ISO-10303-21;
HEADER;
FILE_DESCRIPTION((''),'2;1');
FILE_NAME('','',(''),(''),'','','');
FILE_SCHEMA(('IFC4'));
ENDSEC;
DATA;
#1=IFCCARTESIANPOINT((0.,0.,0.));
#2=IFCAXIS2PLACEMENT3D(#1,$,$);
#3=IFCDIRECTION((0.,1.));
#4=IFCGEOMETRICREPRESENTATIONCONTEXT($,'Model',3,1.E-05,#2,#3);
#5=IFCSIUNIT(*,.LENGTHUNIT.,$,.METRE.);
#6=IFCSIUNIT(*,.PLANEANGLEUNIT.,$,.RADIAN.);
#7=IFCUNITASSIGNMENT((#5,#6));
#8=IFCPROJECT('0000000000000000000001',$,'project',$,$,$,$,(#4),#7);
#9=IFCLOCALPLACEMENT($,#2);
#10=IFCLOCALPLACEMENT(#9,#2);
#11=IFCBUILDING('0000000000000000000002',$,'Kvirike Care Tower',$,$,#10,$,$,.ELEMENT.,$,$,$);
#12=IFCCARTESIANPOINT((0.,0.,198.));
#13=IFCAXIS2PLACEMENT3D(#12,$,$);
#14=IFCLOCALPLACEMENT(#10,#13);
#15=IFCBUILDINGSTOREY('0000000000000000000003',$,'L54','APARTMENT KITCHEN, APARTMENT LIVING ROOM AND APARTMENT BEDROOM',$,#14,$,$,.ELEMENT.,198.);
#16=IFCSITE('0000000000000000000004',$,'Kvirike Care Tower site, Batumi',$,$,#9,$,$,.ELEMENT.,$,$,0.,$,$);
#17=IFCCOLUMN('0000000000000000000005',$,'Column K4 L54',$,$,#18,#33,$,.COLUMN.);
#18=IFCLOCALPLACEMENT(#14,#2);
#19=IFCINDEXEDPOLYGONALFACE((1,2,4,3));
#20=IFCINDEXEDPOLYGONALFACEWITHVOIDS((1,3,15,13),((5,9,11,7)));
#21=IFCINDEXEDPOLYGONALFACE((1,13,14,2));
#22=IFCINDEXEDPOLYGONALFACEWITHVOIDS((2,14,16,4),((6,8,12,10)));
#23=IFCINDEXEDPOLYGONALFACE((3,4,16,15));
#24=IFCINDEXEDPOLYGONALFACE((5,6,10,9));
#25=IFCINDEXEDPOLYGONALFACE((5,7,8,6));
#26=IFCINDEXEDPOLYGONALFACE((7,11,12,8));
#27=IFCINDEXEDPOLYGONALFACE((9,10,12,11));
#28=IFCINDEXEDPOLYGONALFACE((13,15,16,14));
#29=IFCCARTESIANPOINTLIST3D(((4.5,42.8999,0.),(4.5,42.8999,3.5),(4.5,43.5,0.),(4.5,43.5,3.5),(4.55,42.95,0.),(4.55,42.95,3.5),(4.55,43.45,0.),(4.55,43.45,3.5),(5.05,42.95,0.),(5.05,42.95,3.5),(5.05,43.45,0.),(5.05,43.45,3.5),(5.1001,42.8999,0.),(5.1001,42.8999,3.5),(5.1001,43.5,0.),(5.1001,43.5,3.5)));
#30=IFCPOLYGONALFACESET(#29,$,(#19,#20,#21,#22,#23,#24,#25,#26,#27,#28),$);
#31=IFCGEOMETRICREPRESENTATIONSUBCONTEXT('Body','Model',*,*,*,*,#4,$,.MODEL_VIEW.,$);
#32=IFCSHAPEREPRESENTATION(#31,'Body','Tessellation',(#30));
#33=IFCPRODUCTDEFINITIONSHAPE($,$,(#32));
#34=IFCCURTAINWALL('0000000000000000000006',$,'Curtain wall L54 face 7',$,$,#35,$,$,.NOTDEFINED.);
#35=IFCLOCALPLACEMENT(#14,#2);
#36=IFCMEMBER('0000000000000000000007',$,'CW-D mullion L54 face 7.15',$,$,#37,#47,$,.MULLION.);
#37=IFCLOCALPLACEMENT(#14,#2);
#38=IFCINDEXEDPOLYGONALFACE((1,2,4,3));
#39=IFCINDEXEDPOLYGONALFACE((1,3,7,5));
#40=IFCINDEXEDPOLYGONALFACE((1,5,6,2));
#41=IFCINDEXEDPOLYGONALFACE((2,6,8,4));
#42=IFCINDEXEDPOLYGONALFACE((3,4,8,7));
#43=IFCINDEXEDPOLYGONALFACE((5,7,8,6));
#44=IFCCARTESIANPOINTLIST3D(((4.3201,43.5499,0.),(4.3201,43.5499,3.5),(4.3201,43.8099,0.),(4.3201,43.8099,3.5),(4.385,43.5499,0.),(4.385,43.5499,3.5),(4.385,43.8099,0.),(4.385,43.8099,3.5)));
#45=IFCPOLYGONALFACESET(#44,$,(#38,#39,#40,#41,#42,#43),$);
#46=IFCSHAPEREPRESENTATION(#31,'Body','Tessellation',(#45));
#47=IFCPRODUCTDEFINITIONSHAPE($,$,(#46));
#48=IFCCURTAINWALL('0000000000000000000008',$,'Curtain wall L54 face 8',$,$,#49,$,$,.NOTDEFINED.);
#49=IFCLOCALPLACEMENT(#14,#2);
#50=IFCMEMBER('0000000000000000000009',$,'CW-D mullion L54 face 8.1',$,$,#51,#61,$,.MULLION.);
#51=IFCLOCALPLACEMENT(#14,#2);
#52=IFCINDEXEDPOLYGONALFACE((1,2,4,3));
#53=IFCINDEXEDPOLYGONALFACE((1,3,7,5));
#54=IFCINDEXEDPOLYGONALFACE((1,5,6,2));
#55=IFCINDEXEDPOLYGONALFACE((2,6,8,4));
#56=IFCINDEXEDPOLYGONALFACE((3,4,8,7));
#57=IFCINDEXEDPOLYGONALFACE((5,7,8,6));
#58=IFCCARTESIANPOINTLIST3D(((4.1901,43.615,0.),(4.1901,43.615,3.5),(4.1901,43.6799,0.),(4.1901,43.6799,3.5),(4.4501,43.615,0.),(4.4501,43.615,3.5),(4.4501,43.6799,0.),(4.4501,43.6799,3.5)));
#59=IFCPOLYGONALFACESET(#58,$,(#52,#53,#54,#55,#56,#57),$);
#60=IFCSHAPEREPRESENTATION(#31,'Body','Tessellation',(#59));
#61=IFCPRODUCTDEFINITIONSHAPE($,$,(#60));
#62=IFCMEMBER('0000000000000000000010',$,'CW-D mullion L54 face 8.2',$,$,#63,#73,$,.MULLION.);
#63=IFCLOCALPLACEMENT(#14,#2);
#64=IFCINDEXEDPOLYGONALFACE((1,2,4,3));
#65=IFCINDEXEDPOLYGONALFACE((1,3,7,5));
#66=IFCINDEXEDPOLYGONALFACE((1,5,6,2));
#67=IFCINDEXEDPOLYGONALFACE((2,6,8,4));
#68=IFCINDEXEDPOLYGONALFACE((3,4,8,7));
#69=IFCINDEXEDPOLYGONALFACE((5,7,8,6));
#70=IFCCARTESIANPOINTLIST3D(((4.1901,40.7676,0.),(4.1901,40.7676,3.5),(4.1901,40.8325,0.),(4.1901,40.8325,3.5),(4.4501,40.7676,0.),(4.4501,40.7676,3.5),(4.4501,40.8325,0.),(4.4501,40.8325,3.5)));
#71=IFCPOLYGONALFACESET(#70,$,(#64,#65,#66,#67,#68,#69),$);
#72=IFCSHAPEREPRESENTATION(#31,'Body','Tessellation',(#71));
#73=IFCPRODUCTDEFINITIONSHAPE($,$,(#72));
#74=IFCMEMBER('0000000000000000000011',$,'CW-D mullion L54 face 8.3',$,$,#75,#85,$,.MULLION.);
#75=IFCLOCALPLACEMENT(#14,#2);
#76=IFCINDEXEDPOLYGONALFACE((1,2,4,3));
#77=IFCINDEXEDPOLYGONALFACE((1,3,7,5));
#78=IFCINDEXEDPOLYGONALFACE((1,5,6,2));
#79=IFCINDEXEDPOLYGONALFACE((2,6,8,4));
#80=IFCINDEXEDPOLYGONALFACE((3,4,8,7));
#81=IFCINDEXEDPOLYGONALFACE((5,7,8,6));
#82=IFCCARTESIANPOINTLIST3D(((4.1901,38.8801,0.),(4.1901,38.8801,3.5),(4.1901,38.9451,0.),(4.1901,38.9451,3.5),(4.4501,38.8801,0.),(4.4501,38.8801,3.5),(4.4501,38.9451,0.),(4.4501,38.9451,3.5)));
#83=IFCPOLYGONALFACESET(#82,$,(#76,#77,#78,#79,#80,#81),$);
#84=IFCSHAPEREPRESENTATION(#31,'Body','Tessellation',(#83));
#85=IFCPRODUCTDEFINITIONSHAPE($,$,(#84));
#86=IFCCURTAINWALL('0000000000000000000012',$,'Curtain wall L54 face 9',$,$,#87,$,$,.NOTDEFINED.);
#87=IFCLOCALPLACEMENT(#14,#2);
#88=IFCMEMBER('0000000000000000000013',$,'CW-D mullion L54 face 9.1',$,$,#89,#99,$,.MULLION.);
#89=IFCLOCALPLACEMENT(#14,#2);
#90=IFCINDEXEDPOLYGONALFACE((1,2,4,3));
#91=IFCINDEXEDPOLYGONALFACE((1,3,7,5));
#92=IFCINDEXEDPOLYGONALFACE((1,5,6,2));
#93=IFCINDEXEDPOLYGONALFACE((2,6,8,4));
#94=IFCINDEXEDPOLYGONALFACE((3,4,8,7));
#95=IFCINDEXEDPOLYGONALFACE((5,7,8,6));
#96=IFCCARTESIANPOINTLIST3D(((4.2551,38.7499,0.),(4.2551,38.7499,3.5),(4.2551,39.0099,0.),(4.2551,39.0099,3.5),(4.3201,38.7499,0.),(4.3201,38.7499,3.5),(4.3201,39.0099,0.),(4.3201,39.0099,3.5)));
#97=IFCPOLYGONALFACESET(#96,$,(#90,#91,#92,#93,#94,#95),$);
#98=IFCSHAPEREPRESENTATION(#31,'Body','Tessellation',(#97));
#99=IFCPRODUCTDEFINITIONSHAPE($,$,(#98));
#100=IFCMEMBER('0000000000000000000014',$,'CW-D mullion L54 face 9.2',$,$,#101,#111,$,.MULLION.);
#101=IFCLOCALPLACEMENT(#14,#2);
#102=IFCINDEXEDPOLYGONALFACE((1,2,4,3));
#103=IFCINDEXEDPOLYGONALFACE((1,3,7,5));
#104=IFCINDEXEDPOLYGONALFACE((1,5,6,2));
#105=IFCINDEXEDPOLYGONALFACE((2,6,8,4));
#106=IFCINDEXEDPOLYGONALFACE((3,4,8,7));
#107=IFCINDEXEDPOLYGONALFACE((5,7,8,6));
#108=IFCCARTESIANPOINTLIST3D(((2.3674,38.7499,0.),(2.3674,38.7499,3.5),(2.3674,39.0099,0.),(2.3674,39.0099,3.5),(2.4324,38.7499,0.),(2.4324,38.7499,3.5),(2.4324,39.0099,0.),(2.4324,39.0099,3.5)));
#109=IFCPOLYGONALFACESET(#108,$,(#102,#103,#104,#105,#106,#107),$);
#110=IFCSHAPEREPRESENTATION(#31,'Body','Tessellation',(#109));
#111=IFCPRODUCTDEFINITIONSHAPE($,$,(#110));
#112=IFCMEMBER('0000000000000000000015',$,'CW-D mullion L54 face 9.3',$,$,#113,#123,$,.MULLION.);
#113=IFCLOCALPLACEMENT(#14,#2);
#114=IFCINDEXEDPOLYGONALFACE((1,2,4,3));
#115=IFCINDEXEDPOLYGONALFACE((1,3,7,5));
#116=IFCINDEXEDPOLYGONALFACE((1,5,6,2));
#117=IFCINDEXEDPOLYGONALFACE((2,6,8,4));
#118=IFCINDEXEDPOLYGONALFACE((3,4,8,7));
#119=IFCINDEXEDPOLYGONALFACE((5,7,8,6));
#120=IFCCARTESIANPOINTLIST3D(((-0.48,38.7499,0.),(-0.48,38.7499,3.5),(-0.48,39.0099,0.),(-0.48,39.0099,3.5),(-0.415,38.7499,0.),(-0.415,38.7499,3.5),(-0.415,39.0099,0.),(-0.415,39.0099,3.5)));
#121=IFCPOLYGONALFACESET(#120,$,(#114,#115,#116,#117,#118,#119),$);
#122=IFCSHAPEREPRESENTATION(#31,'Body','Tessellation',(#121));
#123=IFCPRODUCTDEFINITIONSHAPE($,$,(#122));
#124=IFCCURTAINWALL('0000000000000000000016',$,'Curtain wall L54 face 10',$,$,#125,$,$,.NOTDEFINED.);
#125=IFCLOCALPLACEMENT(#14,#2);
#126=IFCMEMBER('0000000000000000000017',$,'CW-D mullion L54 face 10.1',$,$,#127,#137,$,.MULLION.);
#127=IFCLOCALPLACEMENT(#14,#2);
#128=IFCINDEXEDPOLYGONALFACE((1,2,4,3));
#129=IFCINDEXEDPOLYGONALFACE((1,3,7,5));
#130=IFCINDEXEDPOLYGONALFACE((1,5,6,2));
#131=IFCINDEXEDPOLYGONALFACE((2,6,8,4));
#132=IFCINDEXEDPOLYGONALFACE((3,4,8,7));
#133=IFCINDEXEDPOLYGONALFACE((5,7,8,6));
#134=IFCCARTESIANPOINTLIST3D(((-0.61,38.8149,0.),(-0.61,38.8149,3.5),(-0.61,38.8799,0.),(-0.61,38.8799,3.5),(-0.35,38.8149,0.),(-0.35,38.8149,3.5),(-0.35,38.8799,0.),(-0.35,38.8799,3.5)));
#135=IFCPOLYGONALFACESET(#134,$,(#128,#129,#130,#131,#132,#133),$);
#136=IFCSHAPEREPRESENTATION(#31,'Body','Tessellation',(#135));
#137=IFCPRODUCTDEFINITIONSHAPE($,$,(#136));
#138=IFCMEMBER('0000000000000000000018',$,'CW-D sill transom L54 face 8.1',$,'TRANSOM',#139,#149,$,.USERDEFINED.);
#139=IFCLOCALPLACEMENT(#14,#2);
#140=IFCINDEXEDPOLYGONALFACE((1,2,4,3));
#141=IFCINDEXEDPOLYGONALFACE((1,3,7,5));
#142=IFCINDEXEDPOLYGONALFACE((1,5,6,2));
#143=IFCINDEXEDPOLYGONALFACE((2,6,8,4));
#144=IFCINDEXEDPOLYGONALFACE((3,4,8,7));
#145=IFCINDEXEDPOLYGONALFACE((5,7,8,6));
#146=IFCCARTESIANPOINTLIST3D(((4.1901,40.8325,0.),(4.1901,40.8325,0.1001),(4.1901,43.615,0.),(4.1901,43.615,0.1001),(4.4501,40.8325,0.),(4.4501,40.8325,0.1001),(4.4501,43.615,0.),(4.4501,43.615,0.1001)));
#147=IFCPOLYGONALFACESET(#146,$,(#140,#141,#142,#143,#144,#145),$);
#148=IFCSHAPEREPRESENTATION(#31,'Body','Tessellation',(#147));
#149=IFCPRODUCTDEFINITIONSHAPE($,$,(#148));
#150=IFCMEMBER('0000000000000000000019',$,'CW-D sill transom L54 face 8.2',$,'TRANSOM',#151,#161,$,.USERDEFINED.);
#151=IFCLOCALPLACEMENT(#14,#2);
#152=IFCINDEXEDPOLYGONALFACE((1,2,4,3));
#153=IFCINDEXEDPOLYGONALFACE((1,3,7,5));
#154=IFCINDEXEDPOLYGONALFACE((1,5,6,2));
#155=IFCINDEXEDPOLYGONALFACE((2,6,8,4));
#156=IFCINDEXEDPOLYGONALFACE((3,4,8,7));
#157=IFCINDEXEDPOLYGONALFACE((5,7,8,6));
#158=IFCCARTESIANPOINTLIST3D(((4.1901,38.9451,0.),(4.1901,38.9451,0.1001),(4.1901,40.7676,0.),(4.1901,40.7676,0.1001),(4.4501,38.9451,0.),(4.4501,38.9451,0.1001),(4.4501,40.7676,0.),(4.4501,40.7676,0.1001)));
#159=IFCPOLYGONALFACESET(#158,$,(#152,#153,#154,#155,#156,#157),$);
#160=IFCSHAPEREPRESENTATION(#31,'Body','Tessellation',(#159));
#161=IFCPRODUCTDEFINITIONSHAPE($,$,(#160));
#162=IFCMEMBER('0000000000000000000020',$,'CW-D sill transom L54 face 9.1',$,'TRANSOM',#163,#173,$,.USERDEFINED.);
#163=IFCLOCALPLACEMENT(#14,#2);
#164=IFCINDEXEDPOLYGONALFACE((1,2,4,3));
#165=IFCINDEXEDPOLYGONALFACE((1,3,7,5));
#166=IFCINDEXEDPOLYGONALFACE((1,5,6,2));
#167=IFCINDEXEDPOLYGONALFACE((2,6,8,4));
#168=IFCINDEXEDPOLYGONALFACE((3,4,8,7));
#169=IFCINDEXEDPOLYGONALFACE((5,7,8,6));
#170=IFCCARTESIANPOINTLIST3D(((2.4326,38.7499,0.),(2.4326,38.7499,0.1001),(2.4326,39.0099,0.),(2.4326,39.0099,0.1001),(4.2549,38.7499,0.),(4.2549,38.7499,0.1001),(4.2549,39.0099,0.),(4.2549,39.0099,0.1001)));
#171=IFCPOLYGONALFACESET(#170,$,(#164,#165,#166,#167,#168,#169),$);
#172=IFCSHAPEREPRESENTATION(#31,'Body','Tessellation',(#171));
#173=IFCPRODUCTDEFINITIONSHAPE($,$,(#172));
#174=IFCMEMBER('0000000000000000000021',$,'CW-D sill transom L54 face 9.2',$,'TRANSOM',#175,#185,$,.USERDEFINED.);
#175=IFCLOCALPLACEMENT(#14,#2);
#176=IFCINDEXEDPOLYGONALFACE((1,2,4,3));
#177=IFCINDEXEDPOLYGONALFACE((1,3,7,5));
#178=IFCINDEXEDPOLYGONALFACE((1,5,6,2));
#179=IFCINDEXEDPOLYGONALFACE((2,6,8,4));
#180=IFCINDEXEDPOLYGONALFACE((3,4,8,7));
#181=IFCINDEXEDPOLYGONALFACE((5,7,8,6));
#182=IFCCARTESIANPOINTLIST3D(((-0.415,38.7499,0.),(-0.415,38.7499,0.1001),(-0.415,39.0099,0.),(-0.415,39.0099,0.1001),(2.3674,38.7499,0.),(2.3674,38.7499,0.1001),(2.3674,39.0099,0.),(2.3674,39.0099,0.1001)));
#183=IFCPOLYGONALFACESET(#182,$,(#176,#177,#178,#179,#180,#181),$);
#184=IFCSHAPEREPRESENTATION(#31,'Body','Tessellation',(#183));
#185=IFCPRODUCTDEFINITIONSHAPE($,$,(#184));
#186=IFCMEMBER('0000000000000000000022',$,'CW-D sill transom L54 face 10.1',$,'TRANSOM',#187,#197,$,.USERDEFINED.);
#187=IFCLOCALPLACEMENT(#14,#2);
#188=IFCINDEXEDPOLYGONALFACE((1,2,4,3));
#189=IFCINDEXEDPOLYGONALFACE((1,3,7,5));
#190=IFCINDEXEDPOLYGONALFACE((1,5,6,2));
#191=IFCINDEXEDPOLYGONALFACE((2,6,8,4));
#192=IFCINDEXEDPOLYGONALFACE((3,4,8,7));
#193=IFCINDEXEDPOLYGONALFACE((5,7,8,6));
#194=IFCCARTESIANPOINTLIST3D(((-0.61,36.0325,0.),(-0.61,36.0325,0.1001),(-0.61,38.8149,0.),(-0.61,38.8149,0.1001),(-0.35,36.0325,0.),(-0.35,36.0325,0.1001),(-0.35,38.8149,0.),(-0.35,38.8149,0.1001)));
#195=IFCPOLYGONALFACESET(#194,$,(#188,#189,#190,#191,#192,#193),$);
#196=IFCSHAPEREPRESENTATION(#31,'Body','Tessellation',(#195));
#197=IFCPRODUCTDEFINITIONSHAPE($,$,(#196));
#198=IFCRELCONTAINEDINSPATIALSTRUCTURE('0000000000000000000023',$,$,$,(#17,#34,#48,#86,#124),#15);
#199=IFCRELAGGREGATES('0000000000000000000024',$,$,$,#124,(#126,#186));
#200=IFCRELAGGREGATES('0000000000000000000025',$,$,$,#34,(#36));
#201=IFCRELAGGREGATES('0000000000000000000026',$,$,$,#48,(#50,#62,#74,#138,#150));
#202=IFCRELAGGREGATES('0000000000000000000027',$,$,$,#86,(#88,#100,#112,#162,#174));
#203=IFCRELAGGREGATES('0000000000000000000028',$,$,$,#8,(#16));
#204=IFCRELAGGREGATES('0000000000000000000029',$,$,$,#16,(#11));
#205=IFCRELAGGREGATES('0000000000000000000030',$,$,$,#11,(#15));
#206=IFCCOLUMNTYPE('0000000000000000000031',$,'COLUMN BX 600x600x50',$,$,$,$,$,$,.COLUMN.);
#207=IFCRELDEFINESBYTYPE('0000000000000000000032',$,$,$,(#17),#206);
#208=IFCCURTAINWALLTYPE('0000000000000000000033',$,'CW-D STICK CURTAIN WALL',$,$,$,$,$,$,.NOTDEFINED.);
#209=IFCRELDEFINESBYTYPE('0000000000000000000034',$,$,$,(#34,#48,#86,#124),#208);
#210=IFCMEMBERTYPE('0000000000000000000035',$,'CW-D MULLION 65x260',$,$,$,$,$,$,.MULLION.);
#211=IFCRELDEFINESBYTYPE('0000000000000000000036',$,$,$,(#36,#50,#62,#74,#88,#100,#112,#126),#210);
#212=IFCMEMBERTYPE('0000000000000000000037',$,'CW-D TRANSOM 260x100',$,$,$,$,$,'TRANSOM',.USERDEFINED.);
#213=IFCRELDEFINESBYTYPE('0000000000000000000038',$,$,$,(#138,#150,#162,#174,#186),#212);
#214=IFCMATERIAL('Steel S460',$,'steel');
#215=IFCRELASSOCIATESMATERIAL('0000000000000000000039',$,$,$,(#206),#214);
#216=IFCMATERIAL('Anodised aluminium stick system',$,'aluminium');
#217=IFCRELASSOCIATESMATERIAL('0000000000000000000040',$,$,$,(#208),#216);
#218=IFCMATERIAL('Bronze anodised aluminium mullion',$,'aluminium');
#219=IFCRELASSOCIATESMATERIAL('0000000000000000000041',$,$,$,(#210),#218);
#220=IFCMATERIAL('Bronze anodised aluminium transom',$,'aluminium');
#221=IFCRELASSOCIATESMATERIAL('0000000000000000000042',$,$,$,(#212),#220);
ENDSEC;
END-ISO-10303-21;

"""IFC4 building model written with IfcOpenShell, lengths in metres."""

from ifc_helpers import new_model, si_unit, direction, frame, origin, origin_2d, place, context, subcontext, project, spatial, rectangle, hollow_rectangle, extrude, material, material_profile, profile_set, type_object, element, aggregate, save


model = new_model("IFC4")

# Units and contexts
model_context = context("Model", 3, precision=1e-05, world=origin(), true_north=direction((0.0, 1.0)))
body_context = subcontext(model_context, "Body", "Model", "MODEL_VIEW")
ifc_project = project(units=[si_unit("LENGTHUNIT", "METRE"), si_unit("PLANEANGLEUNIT", "RADIAN")], contexts=[model_context])

# Site, building, storey
site_placement = place(None, origin())
site = spatial("IfcSite", under=ifc_project, at=site_placement, Name="Kvirike Care Tower site, Batumi", CompositionType="ELEMENT", RefElevation=0.0)
building_placement = place(site_placement, origin())
building = spatial("IfcBuilding", under=site, at=building_placement, Name="Kvirike Care Tower", CompositionType="ELEMENT")
storey_placement = place(building_placement, frame((0.0, 0.0, 198.0)))
storey = spatial("IfcBuildingStorey", under=building, at=storey_placement, Name="L54", Description="APARTMENT KITCHEN, APARTMENT LIVING ROOM AND APARTMENT BEDROOM", CompositionType="ELEMENT", Elevation=198.0)

# Column
ifc_material_1 = material(Name="Steel S460", Category="steel")
ifc_material_profile_1 = material_profile(ifc_material_1, hollow_rectangle(XDim=0.6001, YDim=0.6001, WallThickness=0.05, at=origin_2d()), Name="BX 600x600x50")
ifc_profile_set_1 = profile_set([ifc_material_profile_1], Name="Steel S460")
column_type = type_object("IfcColumnType", Name="COLUMN BX 600x600x50", PredefinedType="COLUMN", material=ifc_profile_set_1)
column_placement = place(storey_placement, frame((4.8, 43.2, 0.0), z_axis=(0.0, 0.0, 1.0), x_axis=(0.0, 1.0, 0.0)))
element("IfcColumn", 1, at=column_placement, inside=storey, type_object=column_type, Name="Column K4 L54", PredefinedType="COLUMN", context=body_context, shape_type="SweptSolid", body=[
    extrude(hollow_rectangle(XDim=0.6001, YDim=0.6001, WallThickness=0.05, at=origin_2d()), origin(), (0.0, 0.0, 1.0), 3.5),
])

# Curtain wall, member
ifc_material_2 = material(Name="Anodised aluminium stick system", Category="aluminium")
curtain_wall_type = type_object("IfcCurtainWallType", Name="CW-D STICK CURTAIN WALL", PredefinedType="NOTDEFINED", material=ifc_material_2)
curtain_wall_1_placement = place(storey_placement, origin())
curtain_wall_1 = element("IfcCurtainWall", 2, at=curtain_wall_1_placement, inside=storey, type_object=curtain_wall_type, Name="Curtain wall L54 face 7", PredefinedType="NOTDEFINED")
ifc_material_3 = material(Name="Bronze anodised aluminium mullion", Category="aluminium")
ifc_material_profile_2 = material_profile(ifc_material_3, rectangle(XDim=0.0649, YDim=0.26, at=origin_2d()), Name="CW-D MULLION 65x260")
ifc_profile_set_2 = profile_set([ifc_material_profile_2], Name="Bronze anodised aluminium mullion")
member_type_1 = type_object("IfcMemberType", Name="CW-D MULLION 65x260", PredefinedType="MULLION", material=ifc_profile_set_2)
member_1_placement = place(storey_placement, frame((4.3525, 43.6799, 0.0), z_axis=(0.0, 0.0, 1.0), x_axis=(-1.0, 0.0, 0.0)))
member_1 = element("IfcMember", 3, at=member_1_placement, type_object=member_type_1, Name="CW-D mullion L54 face 7.15", PredefinedType="MULLION", context=body_context, shape_type="SweptSolid", body=[
    extrude(rectangle(XDim=0.0649, YDim=0.26, at=origin_2d()), origin(), (0.0, 0.0, 1.0), 3.5),
])

# Curtain walls, members
curtain_wall_2_placement = place(storey_placement, origin())
curtain_wall_2 = element("IfcCurtainWall", 4, at=curtain_wall_2_placement, inside=storey, type_object=curtain_wall_type, Name="Curtain wall L54 face 8", PredefinedType="NOTDEFINED")
member_2_placement = place(storey_placement, frame((4.3201, 43.6475, 0.0), z_axis=(0.0, 0.0, 1.0), x_axis=(0.0, -1.0, 0.0)))
member_2 = element("IfcMember", 5, at=member_2_placement, type_object=member_type_1, Name="CW-D mullion L54 face 8.1", PredefinedType="MULLION", context=body_context, shape_type="SweptSolid", body=[
    extrude(rectangle(XDim=0.0649, YDim=0.26, at=origin_2d()), origin(), (0.0, 0.0, 1.0), 3.5),
])
member_3_placement = place(storey_placement, frame((4.3201, 40.8, 0.0), z_axis=(0.0, 0.0, 1.0), x_axis=(0.0, -1.0, 0.0)))
member_3 = element("IfcMember", 6, at=member_3_placement, type_object=member_type_1, Name="CW-D mullion L54 face 8.2", PredefinedType="MULLION", context=body_context, shape_type="SweptSolid", body=[
    extrude(rectangle(XDim=0.0649, YDim=0.26, at=origin_2d()), origin(), (0.0, 0.0, 1.0), 3.5),
])
member_4_placement = place(storey_placement, frame((4.3201, 38.9126, 0.0), z_axis=(0.0, 0.0, 1.0), x_axis=(0.0, -1.0, 0.0)))
member_4 = element("IfcMember", 7, at=member_4_placement, type_object=member_type_1, Name="CW-D mullion L54 face 8.3", PredefinedType="MULLION", context=body_context, shape_type="SweptSolid", body=[
    extrude(rectangle(XDim=0.0649, YDim=0.26, at=origin_2d()), origin(), (0.0, 0.0, 1.0), 3.5),
])
curtain_wall_3_placement = place(storey_placement, origin())
curtain_wall_3 = element("IfcCurtainWall", 8, at=curtain_wall_3_placement, inside=storey, type_object=curtain_wall_type, Name="Curtain wall L54 face 9", PredefinedType="NOTDEFINED")
member_5_placement = place(storey_placement, frame((4.2876, 38.8799, 0.0), z_axis=(0.0, 0.0, 1.0), x_axis=(-1.0, 0.0, 0.0)))
member_5 = element("IfcMember", 9, at=member_5_placement, type_object=member_type_1, Name="CW-D mullion L54 face 9.1", PredefinedType="MULLION", context=body_context, shape_type="SweptSolid", body=[
    extrude(rectangle(XDim=0.0649, YDim=0.26, at=origin_2d()), origin(), (0.0, 0.0, 1.0), 3.5),
])
member_6_placement = place(storey_placement, frame((2.3999, 38.8799, 0.0), z_axis=(0.0, 0.0, 1.0), x_axis=(-1.0, 0.0, 0.0)))
member_6 = element("IfcMember", 10, at=member_6_placement, type_object=member_type_1, Name="CW-D mullion L54 face 9.2", PredefinedType="MULLION", context=body_context, shape_type="SweptSolid", body=[
    extrude(rectangle(XDim=0.0649, YDim=0.26, at=origin_2d()), origin(), (0.0, 0.0, 1.0), 3.5),
])
member_7_placement = place(storey_placement, frame((-0.4475, 38.8799, 0.0), z_axis=(0.0, 0.0, 1.0), x_axis=(-1.0, 0.0, 0.0)))
member_7 = element("IfcMember", 11, at=member_7_placement, type_object=member_type_1, Name="CW-D mullion L54 face 9.3", PredefinedType="MULLION", context=body_context, shape_type="SweptSolid", body=[
    extrude(rectangle(XDim=0.0649, YDim=0.26, at=origin_2d()), origin(), (0.0, 0.0, 1.0), 3.5),
])

# Curtain wall, member
curtain_wall_4_placement = place(storey_placement, origin())
curtain_wall_4 = element("IfcCurtainWall", 12, at=curtain_wall_4_placement, inside=storey, type_object=curtain_wall_type, Name="Curtain wall L54 face 10", PredefinedType="NOTDEFINED")
member_8_placement = place(storey_placement, frame((-0.48, 38.8474, 0.0), z_axis=(0.0, 0.0, 1.0), x_axis=(0.0, -1.0, 0.0)))
member_8 = element("IfcMember", 13, at=member_8_placement, type_object=member_type_1, Name="CW-D mullion L54 face 10.1", PredefinedType="MULLION", context=body_context, shape_type="SweptSolid", body=[
    extrude(rectangle(XDim=0.0649, YDim=0.26, at=origin_2d()), origin(), (0.0, 0.0, 1.0), 3.5),
])

# Members
ifc_material_4 = material(Name="Bronze anodised aluminium transom", Category="aluminium")
ifc_material_profile_3 = material_profile(ifc_material_4, rectangle(XDim=0.26, YDim=0.1001, at=origin_2d()), Name="CW-D TRANSOM 260x100")
ifc_profile_set_3 = profile_set([ifc_material_profile_3], Name="Bronze anodised aluminium transom")
member_type_2 = type_object("IfcMemberType", Name="CW-D TRANSOM 260x100", ElementType="TRANSOM", PredefinedType="USERDEFINED", material=ifc_profile_set_3)
member_9_placement = place(storey_placement, frame((4.3201, 43.615, 0.05), z_axis=(0.0, -1.0, 0.0), x_axis=(1.0, 0.0, 0.0)))
member_9 = element("IfcMember", 14, at=member_9_placement, type_object=member_type_2, Name="CW-D sill transom L54 face 8.1", ObjectType="TRANSOM", PredefinedType="USERDEFINED", context=body_context, shape_type="SweptSolid", body=[
    extrude(rectangle(XDim=0.26, YDim=0.1001, at=origin_2d()), origin(), (0.0, 0.0, 1.0), 2.7825),
])
member_10_placement = place(storey_placement, frame((4.3201, 40.7676, 0.05), z_axis=(0.0, -1.0, 0.0), x_axis=(1.0, 0.0, 0.0)))
member_10 = element("IfcMember", 15, at=member_10_placement, type_object=member_type_2, Name="CW-D sill transom L54 face 8.2", ObjectType="TRANSOM", PredefinedType="USERDEFINED", context=body_context, shape_type="SweptSolid", body=[
    extrude(rectangle(XDim=0.26, YDim=0.1001, at=origin_2d()), origin(), (0.0, 0.0, 1.0), 1.8225),
])
member_11_placement = place(storey_placement, frame((4.2549, 38.8799, 0.05), z_axis=(-1.0, 0.0, 0.0), x_axis=(0.0, -1.0, 0.0)))
member_11 = element("IfcMember", 16, at=member_11_placement, type_object=member_type_2, Name="CW-D sill transom L54 face 9.1", ObjectType="TRANSOM", PredefinedType="USERDEFINED", context=body_context, shape_type="SweptSolid", body=[
    extrude(rectangle(XDim=0.26, YDim=0.1001, at=origin_2d()), origin(), (0.0, 0.0, 1.0), 1.8223),
])
member_12_placement = place(storey_placement, frame((2.3674, 38.8799, 0.05), z_axis=(-1.0, 0.0, 0.0), x_axis=(0.0, -1.0, 0.0)))
member_12 = element("IfcMember", 17, at=member_12_placement, type_object=member_type_2, Name="CW-D sill transom L54 face 9.2", ObjectType="TRANSOM", PredefinedType="USERDEFINED", context=body_context, shape_type="SweptSolid", body=[
    extrude(rectangle(XDim=0.26, YDim=0.1001, at=origin_2d()), origin(), (0.0, 0.0, 1.0), 2.7825),
])
member_13_placement = place(storey_placement, frame((-0.48, 38.8149, 0.05), z_axis=(0.0, -1.0, 0.0), x_axis=(1.0, 0.0, 0.0)))
member_13 = element("IfcMember", 18, at=member_13_placement, type_object=member_type_2, Name="CW-D sill transom L54 face 10.1", ObjectType="TRANSOM", PredefinedType="USERDEFINED", context=body_context, shape_type="SweptSolid", body=[
    extrude(rectangle(XDim=0.26, YDim=0.1001, at=origin_2d()), origin(), (0.0, 0.0, 1.0), 2.7825),
])
aggregate(curtain_wall_4, [member_8, member_13])

aggregate(curtain_wall_1, [member_1])
aggregate(curtain_wall_2, [member_2, member_3, member_4, member_9, member_10])
aggregate(curtain_wall_3, [member_5, member_6, member_7, member_11, member_12])

save(model, "model.ifc")
